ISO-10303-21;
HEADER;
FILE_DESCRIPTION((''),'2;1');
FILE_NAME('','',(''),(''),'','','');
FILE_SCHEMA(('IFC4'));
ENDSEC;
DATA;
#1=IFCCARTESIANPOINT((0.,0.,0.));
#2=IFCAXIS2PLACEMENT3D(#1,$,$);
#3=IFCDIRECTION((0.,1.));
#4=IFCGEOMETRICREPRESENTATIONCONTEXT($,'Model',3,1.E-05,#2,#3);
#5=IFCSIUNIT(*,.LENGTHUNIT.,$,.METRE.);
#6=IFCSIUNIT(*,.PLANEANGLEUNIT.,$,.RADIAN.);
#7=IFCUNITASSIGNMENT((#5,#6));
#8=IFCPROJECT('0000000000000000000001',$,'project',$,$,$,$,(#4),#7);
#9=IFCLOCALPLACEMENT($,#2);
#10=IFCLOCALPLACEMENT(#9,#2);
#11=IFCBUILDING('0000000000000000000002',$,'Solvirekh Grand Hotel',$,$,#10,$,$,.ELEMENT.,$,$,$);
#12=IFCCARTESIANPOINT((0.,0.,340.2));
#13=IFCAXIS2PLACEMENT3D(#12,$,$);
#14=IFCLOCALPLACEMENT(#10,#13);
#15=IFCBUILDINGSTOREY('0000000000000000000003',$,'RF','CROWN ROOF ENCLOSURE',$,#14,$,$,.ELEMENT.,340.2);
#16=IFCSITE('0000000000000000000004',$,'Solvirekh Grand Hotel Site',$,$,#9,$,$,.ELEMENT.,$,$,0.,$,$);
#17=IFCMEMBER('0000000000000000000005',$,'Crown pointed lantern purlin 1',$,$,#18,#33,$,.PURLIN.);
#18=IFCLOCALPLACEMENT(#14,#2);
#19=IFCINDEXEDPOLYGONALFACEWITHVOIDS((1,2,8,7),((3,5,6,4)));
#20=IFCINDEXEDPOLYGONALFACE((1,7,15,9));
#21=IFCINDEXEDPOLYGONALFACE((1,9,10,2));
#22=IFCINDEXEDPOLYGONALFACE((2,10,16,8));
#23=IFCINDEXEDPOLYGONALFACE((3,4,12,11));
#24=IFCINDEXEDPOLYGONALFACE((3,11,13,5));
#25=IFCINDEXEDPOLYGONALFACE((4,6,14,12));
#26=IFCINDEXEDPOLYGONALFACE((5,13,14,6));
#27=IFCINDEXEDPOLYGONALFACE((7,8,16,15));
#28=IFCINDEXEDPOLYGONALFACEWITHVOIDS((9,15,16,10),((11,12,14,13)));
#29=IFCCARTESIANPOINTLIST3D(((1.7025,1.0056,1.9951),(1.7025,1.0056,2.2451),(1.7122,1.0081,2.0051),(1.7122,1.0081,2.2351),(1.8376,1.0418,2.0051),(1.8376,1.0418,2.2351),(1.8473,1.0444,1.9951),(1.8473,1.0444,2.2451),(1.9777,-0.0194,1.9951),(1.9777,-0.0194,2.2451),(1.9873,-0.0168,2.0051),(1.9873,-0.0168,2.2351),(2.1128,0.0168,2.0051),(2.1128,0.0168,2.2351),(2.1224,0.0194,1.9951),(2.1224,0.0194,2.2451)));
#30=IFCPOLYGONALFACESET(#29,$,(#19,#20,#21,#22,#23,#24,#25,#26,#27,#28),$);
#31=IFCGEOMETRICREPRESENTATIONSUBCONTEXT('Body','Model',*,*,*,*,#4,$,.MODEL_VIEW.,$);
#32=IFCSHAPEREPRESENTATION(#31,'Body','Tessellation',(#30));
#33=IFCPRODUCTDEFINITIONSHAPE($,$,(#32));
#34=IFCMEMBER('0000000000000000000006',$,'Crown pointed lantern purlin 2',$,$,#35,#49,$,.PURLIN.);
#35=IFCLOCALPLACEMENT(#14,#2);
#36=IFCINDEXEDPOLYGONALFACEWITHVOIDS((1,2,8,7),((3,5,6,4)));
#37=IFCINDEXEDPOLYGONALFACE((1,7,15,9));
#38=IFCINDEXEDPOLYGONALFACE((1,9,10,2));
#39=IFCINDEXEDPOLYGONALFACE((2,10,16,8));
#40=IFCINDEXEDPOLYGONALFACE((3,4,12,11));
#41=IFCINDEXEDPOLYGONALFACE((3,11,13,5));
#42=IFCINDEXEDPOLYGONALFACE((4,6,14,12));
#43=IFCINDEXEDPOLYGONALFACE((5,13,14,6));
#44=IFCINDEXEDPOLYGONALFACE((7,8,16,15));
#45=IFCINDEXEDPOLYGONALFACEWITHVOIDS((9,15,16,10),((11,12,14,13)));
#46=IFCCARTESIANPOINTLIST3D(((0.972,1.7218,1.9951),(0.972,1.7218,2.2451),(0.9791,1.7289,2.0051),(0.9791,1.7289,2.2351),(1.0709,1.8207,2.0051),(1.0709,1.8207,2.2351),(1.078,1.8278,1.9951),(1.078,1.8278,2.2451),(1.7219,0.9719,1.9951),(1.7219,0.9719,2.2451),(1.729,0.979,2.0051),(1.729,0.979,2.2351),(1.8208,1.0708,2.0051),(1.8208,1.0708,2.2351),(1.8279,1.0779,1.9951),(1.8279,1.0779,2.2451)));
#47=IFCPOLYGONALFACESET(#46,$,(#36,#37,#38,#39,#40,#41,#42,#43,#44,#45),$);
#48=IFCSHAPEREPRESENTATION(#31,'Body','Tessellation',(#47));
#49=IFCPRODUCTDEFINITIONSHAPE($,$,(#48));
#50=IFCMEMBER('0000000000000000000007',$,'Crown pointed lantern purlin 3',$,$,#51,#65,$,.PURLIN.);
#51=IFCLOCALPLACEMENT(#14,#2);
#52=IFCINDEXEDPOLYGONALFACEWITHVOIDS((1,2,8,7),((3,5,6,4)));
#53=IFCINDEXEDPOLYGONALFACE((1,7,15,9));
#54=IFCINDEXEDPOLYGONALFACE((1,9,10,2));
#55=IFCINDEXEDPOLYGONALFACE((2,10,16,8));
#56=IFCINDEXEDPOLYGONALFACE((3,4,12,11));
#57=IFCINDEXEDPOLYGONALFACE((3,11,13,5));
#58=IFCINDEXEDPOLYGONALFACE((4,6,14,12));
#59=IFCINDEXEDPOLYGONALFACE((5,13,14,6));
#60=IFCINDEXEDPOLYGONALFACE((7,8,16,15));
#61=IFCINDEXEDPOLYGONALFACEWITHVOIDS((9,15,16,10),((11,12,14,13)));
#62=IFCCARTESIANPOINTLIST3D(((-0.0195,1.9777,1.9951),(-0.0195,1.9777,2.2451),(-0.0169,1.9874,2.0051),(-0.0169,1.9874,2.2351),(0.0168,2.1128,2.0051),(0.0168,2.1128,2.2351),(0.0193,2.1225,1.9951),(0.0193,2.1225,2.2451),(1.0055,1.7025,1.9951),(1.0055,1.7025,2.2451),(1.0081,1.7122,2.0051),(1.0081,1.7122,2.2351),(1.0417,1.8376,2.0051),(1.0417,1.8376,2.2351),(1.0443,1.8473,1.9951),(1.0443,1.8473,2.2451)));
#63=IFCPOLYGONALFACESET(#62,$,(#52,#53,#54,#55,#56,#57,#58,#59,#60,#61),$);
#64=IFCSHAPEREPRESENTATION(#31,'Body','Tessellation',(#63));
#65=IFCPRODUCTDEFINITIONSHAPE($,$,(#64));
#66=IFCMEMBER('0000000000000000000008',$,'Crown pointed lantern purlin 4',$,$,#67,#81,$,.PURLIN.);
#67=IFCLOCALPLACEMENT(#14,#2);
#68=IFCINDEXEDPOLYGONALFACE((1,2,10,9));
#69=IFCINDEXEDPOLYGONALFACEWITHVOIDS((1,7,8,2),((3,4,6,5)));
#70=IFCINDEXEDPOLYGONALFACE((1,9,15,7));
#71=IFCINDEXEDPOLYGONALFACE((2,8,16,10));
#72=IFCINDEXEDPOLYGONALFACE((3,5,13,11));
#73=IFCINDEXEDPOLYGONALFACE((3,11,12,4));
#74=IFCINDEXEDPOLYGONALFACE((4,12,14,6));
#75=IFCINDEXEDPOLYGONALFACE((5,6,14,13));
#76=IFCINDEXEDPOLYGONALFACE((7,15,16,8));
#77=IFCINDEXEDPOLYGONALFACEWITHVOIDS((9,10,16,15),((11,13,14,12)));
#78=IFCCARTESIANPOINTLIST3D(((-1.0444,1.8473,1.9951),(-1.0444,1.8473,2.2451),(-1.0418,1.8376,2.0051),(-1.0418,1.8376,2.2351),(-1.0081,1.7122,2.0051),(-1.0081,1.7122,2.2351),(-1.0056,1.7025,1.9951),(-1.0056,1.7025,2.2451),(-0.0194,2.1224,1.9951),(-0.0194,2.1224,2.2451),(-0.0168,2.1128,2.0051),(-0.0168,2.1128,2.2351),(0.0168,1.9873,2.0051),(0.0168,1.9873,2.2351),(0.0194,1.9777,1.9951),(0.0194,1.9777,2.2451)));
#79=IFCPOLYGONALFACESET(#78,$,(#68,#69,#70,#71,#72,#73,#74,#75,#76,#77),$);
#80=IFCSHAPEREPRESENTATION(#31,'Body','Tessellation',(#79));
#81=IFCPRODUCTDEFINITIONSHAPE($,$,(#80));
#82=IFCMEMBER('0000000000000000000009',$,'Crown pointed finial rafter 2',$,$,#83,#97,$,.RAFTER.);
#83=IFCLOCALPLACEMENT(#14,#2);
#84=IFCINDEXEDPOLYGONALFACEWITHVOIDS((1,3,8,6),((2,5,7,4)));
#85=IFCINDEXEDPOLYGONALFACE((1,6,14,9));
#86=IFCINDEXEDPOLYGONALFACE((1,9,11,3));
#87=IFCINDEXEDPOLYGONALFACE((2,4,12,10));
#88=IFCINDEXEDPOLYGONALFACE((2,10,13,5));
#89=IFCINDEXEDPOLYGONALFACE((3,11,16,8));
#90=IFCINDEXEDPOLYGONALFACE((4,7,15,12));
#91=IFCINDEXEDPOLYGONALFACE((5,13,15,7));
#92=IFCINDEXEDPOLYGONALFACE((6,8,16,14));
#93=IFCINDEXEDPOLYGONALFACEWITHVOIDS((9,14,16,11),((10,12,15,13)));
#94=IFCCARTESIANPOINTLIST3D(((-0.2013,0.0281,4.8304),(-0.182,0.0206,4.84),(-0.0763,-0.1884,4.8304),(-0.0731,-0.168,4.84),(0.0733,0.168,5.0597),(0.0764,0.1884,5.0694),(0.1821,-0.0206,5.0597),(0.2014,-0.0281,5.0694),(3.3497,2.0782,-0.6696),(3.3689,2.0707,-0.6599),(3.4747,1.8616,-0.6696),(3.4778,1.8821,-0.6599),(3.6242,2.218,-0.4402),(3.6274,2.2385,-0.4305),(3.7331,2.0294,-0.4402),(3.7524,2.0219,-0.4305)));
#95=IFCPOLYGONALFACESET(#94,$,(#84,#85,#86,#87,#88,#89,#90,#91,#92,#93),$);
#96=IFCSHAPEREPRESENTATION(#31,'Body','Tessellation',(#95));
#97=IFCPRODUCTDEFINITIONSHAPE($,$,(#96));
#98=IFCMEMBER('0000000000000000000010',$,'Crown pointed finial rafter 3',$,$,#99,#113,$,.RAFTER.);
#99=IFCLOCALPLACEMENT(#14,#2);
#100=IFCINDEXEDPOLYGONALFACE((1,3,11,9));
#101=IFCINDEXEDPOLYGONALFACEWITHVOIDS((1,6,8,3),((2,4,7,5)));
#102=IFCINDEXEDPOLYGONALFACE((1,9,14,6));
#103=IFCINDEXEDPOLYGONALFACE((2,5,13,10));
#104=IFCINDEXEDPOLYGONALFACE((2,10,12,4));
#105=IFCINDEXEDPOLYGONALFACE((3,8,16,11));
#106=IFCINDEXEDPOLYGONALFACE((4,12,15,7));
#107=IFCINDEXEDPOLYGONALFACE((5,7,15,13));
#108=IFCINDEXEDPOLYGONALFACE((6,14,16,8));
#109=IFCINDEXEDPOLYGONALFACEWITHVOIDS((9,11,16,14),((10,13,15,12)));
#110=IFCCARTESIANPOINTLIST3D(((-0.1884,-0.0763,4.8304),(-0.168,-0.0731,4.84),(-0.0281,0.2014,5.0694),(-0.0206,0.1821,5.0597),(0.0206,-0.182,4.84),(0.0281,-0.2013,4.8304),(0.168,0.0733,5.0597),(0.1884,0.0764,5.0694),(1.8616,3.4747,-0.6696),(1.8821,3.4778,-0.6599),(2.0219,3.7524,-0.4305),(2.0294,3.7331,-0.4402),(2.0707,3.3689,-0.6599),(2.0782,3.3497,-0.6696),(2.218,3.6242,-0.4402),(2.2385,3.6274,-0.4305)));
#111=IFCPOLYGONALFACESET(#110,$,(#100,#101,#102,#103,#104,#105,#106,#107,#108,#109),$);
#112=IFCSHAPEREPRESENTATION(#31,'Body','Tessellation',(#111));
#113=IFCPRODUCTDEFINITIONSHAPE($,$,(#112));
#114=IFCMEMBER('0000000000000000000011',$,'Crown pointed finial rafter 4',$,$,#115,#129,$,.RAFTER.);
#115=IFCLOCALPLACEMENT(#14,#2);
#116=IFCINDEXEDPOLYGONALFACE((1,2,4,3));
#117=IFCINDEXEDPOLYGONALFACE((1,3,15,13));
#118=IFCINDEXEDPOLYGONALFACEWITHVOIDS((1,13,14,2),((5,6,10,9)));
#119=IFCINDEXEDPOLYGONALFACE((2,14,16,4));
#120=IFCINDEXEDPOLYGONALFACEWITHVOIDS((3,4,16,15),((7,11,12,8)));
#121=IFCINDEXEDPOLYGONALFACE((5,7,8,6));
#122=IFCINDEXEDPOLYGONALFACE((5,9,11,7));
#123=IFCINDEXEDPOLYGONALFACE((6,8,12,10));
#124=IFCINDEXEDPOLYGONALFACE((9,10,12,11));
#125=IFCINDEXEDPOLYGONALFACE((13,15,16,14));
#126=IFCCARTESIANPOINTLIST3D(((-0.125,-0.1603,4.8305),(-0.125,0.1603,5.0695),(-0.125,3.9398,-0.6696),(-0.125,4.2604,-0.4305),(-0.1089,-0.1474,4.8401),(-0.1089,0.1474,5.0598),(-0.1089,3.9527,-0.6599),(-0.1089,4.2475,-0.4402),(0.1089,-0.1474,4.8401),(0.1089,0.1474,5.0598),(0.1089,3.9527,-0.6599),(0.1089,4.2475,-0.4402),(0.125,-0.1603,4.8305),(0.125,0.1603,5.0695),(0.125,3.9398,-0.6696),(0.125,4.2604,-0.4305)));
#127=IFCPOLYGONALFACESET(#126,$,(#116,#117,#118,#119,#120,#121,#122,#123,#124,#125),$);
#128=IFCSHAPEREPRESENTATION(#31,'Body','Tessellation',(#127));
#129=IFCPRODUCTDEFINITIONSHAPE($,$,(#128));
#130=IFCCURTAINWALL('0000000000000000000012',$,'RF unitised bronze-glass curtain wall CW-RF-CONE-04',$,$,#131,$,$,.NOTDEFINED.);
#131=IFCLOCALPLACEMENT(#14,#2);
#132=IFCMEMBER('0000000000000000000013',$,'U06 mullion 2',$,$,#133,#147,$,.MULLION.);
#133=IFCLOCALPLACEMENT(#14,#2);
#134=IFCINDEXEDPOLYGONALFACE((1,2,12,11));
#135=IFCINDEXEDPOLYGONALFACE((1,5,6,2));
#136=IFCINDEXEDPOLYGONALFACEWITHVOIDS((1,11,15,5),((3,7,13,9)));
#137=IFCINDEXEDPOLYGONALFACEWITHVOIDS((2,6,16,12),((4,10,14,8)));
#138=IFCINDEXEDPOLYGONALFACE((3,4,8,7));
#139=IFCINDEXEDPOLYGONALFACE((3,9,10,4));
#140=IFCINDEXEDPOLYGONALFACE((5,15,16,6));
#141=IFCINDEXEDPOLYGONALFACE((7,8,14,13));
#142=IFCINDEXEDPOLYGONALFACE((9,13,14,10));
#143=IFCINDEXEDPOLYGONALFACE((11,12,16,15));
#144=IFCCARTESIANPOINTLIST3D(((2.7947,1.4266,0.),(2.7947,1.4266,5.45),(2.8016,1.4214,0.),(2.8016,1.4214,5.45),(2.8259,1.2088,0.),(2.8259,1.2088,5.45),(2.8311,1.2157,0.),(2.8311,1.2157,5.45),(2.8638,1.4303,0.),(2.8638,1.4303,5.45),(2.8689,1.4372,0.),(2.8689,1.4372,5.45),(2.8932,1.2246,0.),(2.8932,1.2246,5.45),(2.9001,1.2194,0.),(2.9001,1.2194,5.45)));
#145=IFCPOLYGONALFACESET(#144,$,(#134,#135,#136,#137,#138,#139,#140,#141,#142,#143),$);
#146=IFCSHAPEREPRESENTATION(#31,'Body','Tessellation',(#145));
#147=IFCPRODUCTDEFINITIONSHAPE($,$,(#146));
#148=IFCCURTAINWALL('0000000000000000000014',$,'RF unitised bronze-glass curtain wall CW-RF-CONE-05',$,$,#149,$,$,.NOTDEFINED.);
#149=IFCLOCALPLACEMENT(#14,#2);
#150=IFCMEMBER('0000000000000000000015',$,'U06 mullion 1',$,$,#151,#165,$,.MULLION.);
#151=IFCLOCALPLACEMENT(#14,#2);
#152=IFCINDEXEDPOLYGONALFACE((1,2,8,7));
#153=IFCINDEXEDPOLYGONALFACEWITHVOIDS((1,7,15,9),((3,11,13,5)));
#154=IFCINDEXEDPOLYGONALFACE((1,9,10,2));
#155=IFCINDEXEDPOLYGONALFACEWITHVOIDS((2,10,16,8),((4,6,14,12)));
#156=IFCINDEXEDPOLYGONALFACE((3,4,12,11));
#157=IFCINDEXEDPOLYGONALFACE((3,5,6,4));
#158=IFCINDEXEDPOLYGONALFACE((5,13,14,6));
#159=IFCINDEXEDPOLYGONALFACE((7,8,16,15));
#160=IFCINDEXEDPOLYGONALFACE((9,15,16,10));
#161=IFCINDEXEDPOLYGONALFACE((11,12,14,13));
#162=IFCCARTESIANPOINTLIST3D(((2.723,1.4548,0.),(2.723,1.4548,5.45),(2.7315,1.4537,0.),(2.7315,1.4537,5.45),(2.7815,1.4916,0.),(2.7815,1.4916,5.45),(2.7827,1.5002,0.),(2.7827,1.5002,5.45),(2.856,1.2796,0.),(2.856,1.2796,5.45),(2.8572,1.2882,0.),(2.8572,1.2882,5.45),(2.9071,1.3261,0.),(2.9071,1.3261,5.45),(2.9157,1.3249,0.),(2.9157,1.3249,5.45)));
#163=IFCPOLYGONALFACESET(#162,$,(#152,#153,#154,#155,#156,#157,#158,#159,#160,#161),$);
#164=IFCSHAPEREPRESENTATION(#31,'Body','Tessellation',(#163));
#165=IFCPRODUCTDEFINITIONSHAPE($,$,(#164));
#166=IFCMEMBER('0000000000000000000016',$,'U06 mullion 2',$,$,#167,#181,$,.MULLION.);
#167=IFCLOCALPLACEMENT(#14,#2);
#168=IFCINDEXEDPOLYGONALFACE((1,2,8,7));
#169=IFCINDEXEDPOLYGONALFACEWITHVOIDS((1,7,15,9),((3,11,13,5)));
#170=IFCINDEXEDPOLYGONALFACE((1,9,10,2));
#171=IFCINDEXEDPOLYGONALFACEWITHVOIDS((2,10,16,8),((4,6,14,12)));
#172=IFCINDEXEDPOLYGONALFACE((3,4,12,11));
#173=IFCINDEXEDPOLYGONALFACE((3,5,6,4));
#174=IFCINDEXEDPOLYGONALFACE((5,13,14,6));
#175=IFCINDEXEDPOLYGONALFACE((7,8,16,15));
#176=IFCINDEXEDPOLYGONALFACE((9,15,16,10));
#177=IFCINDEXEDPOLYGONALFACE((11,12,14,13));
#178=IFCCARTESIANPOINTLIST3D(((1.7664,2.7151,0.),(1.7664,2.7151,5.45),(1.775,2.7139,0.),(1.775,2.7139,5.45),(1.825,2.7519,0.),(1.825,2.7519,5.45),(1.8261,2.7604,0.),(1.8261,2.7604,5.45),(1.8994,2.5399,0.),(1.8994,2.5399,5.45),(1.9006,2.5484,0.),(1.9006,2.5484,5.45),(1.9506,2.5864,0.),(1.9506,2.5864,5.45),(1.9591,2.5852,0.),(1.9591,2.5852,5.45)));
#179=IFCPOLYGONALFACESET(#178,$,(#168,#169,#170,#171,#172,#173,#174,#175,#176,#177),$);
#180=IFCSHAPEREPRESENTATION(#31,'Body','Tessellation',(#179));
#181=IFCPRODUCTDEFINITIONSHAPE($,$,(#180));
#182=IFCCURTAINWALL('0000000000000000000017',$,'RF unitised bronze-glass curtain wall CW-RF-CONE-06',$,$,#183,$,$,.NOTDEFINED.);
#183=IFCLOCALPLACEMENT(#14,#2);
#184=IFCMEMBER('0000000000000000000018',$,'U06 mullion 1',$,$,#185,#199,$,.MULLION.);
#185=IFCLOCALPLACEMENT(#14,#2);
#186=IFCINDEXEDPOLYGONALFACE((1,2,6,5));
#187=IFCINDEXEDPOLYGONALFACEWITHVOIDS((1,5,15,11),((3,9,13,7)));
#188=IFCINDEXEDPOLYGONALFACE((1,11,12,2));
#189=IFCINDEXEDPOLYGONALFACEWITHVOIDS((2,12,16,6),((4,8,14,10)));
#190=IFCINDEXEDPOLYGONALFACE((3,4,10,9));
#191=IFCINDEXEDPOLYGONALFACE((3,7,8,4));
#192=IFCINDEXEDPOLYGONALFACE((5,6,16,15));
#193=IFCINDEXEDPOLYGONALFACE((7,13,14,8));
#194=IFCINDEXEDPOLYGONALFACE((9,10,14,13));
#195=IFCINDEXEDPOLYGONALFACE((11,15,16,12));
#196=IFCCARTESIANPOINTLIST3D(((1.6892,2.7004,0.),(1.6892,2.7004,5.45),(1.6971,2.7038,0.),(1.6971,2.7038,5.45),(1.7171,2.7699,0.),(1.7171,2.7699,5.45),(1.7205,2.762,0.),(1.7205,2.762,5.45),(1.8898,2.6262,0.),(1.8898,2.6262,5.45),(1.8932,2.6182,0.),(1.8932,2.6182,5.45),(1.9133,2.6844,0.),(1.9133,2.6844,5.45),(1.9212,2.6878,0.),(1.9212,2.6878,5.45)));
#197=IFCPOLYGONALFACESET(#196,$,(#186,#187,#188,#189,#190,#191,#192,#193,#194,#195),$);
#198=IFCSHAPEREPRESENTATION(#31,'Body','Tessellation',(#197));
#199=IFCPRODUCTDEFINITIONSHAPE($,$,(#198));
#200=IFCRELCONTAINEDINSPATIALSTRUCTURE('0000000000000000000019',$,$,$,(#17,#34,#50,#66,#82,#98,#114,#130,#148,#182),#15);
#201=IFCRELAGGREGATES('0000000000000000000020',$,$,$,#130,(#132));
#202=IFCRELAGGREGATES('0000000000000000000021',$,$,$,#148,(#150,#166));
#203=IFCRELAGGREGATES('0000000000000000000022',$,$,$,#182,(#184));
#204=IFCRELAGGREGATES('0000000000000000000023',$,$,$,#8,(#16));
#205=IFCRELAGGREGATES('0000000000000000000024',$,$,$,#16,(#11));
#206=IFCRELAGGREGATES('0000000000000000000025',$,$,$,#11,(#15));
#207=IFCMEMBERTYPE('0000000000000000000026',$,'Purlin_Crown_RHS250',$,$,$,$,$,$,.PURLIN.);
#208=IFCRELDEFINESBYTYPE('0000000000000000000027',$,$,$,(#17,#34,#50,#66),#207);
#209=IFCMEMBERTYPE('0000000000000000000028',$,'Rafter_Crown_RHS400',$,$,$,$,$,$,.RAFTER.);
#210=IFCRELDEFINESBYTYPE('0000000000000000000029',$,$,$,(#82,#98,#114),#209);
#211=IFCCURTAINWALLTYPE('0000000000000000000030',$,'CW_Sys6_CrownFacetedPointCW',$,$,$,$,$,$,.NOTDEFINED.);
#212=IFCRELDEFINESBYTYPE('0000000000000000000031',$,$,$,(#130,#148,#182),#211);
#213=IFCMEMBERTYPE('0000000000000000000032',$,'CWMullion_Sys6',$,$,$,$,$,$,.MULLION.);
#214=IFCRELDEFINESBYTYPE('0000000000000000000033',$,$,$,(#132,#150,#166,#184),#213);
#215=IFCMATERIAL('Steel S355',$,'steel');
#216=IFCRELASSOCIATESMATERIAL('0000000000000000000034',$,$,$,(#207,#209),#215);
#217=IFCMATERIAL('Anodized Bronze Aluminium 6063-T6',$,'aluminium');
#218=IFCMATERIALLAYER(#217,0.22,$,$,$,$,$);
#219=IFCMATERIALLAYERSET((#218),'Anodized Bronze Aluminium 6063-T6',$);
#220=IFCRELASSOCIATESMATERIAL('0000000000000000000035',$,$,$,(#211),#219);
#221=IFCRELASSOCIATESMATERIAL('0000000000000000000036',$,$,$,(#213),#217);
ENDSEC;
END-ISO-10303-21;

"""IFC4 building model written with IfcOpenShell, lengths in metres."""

from ifc_helpers import new_model, si_unit, direction, frame, origin, origin_2d, place, context, subcontext, project, spatial, hollow_rectangle, extrude, source, transform, mapped, material, layer, layer_set, material_profile, profile_set, type_object, element, aggregate, save


model = new_model("IFC4")

# Units and contexts
model_context = context("Model", 3, precision=1e-05, world=origin(), true_north=direction((0.0, 1.0)))
body_context = subcontext(model_context, "Body", "Model", "MODEL_VIEW")
ifc_project = project(units=[si_unit("LENGTHUNIT", "METRE"), si_unit("PLANEANGLEUNIT", "RADIAN")], contexts=[model_context])

# Site, building, storey
site_placement = place(None, origin())
site = spatial("IfcSite", under=ifc_project, at=site_placement, Name="Solvirekh Grand Hotel Site", CompositionType="ELEMENT", RefElevation=0.0)
building_placement = place(site_placement, origin())
building = spatial("IfcBuilding", under=site, at=building_placement, Name="Solvirekh Grand Hotel", CompositionType="ELEMENT")
storey_placement = place(building_placement, frame((0.0, 0.0, 340.2)))
storey = spatial("IfcBuildingStorey", under=building, at=storey_placement, Name="RF", Description="CROWN ROOF ENCLOSURE", CompositionType="ELEMENT", Elevation=340.2)

# Members
ifc_material_1 = material(Name="Steel S355", Category="steel")
ifc_material_profile_1 = material_profile(ifc_material_1, hollow_rectangle(XDim=0.1499, YDim=0.25, WallThickness=0.01, at=origin_2d()), Name="RHS 250X150X10")
ifc_profile_set_1 = profile_set([ifc_material_profile_1], Name="Steel S355")
member_type_1 = type_object("IfcMemberType", Name="Purlin_Crown_RHS250", PredefinedType="PURLIN", material=ifc_profile_set_1)
member_1_placement = place(storey_placement, frame((2.05, 0.0, 2.1201), z_axis=(-0.25928, 0.965802, 0.0), x_axis=(-0.965802, -0.25928, 0.0)))
element("IfcMember", 1, at=member_1_placement, inside=storey, type_object=member_type_1, Name="Crown pointed lantern purlin 1", PredefinedType="PURLIN", context=body_context, shape_type="SweptSolid", body=[
    extrude(hollow_rectangle(XDim=0.1499, YDim=0.25, WallThickness=0.01, at=origin_2d()), origin(), (0.0, 0.0, 1.0), 1.0613),
])
member_2_placement = place(storey_placement, frame((1.7749, 1.0249, 2.1201), z_axis=(-0.707107, 0.707107, 0.0), x_axis=(-0.707107, -0.707107, 0.0)))
element("IfcMember", 2, at=member_2_placement, inside=storey, type_object=member_type_1, Name="Crown pointed lantern purlin 2", PredefinedType="PURLIN", context=body_context, shape_type="SweptSolid", body=[
    extrude(hollow_rectangle(XDim=0.1499, YDim=0.25, WallThickness=0.01, at=origin_2d()), origin(), (0.0, 0.0, 1.0), 1.0605),
])
for number, where, z_axis, x_axis, name in (
    (3, (1.0249, 1.7749, 2.1201), (-0.965802, 0.25928, 0.0), (-0.25928, -0.965802, 0.0), "Crown pointed lantern purlin 3"),
    (4, (0.0, 2.05, 2.1201), (-0.965802, -0.25928, 0.0), (0.25928, -0.965802, 0.0), "Crown pointed lantern purlin 4"),
):
    element("IfcMember", number, at=place(storey_placement, frame(where, z_axis=z_axis, x_axis=x_axis)), inside=storey, type_object=member_type_1, Name=name, PredefinedType="PURLIN", context=body_context, shape_type="SweptSolid", body=[
        extrude(hollow_rectangle(XDim=0.1499, YDim=0.25, WallThickness=0.01, at=origin_2d()), origin(), (0.0, 0.0, 1.0), 1.0613),
    ])
ifc_material_profile_2 = material_profile(ifc_material_1, hollow_rectangle(XDim=0.25, YDim=0.3999, WallThickness=0.0161, at=origin_2d()), Name="RHS 400X250X16")
ifc_profile_set_2 = profile_set([ifc_material_profile_2], Name="Steel S355")
member_type_2 = type_object("IfcMemberType", Name="Rafter_Crown_RHS400", PredefinedType="RAFTER", material=ifc_profile_set_2)
for number, where, z_axis, x_axis, name in (
    (5, (3.551, 2.05, -0.55), (-0.517626, -0.298832, 0.801725), (0.499975, -0.86604, 0.0), "Crown pointed finial rafter 2"),
    (6, (2.05, 3.551, -0.55), (-0.298832, -0.517626, 0.801725), (0.86604, -0.499975, 0.0), "Crown pointed finial rafter 3"),
    (7, (0.0, 4.1001, -0.55), (0.0, -0.597674, 0.801739), (1.0, 0.0, 0.0), "Crown pointed finial rafter 4"),
):
    element("IfcMember", number, at=place(storey_placement, frame(where, z_axis=z_axis, x_axis=x_axis)), inside=storey, type_object=member_type_2, Name=name, PredefinedType="RAFTER", context=body_context, shape_type="SweptSolid", body=[
        extrude(hollow_rectangle(XDim=0.25, YDim=0.3999, WallThickness=0.0161, at=origin_2d()), origin(), (0.0, 0.0, 1.0), 6.8601),
    ])

# Curtain wall, member
ifc_material_2 = material(Name="Anodized Bronze Aluminium 6063-T6", Category="aluminium")
ifc_layer_1 = layer(ifc_material_2, 0.22)
ifc_layer_set_1 = layer_set([ifc_layer_1], Name="Anodized Bronze Aluminium 6063-T6")
curtain_wall_type = type_object("IfcCurtainWallType", Name="CW_Sys6_CrownFacetedPointCW", PredefinedType="NOTDEFINED", material=ifc_layer_set_1)
curtain_wall_1_placement = place(storey_placement, origin())
curtain_wall_1 = element("IfcCurtainWall", 8, at=curtain_wall_1_placement, inside=storey, type_object=curtain_wall_type, Name="RF unitised bronze-glass curtain wall CW-RF-CONE-04", PredefinedType="NOTDEFINED")
ifc_material_profile_3 = material_profile(ifc_material_2, hollow_rectangle(XDim=0.075, YDim=0.22, WallThickness=0.0061, at=origin_2d()), Name="ALU RHS 220X75X6")
ifc_profile_set_3 = profile_set([ifc_material_profile_3], Name="Anodized Bronze Aluminium 6063-T6")
member_type_3 = type_object("IfcMemberType", Name="CWMullion_Sys6", PredefinedType="MULLION", material=ifc_profile_set_3)
shared_shape_1 = source(origin(), body_context, "Body", "SweptSolid", [
    extrude(hollow_rectangle(XDim=0.075, YDim=0.22, WallThickness=0.0061, at=origin_2d()), origin(), (0.0, 0.0, 1.0), 5.45),
])
member_3_placement = place(storey_placement, frame((2.8474, 1.323, 0.0), z_axis=(0.0, 0.0, 1.0), x_axis=(-0.989914, -0.141668, 0.0)))
member_3 = element("IfcMember", 9, at=member_3_placement, type_object=member_type_3, Name="U06 mullion 2", PredefinedType="MULLION", context=body_context, shape_type="MappedRepresentation", body=[
    mapped(shared_shape_1, transform((0.0, 0.0, 0.0), x_axis=(1.0, 0.0, 0.0), y_axis=(0.0, 1.0, 0.0), z_axis=(0.0, 0.0, 1.0), scale=1.0)),
])

# Curtain walls, members
curtain_wall_2_placement = place(storey_placement, origin())
curtain_wall_2 = element("IfcCurtainWall", 10, at=curtain_wall_2_placement, inside=storey, type_object=curtain_wall_type, Name="RF unitised bronze-glass curtain wall CW-RF-CONE-05", PredefinedType="NOTDEFINED")
member_4_placement = place(storey_placement, frame((2.8193, 1.3899, 0.0), z_axis=(0.0, 0.0, 1.0), x_axis=(-0.796511, -0.604624, 0.0)))
member_4 = element("IfcMember", 11, at=member_4_placement, type_object=member_type_3, Name="U06 mullion 1", PredefinedType="MULLION", context=body_context, shape_type="MappedRepresentation", body=[
    mapped(shared_shape_1, transform((0.0, 0.0, 0.0), x_axis=(1.0, 0.0, 0.0), y_axis=(0.0, 1.0, 0.0), z_axis=(0.0, 0.0, 1.0), scale=1.0)),
])
member_5_placement = place(storey_placement, frame((1.8628, 2.6501, 0.0), z_axis=(0.0, 0.0, 1.0), x_axis=(-0.796511, -0.604624, 0.0)))
member_5 = element("IfcMember", 12, at=member_5_placement, type_object=member_type_3, Name="U06 mullion 2", PredefinedType="MULLION", context=body_context, shape_type="MappedRepresentation", body=[
    mapped(shared_shape_1, transform((0.0, 0.0, 0.0), x_axis=(1.0, 0.0, 0.0), y_axis=(0.0, 1.0, 0.0), z_axis=(0.0, 0.0, 1.0), scale=1.0)),
])
curtain_wall_3_placement = place(storey_placement, origin())
curtain_wall_3 = element("IfcCurtainWall", 13, at=curtain_wall_3_placement, inside=storey, type_object=curtain_wall_type, Name="RF unitised bronze-glass curtain wall CW-RF-CONE-06", PredefinedType="NOTDEFINED")
member_6_placement = place(storey_placement, frame((1.8052, 2.6941, 0.0), z_axis=(0.0, 0.0, 1.0), x_axis=(-0.373529, -0.927618, 0.0)))
member_6 = element("IfcMember", 14, at=member_6_placement, type_object=member_type_3, Name="U06 mullion 1", PredefinedType="MULLION", context=body_context, shape_type="MappedRepresentation", body=[
    mapped(shared_shape_1, transform((0.0, 0.0, 0.0), x_axis=(1.0, 0.0, 0.0), y_axis=(0.0, 1.0, 0.0), z_axis=(0.0, 0.0, 1.0), scale=1.0)),
])

aggregate(curtain_wall_1, [member_3])
aggregate(curtain_wall_2, [member_4, member_5])
aggregate(curtain_wall_3, [member_6])

save(model, "model.ifc")
